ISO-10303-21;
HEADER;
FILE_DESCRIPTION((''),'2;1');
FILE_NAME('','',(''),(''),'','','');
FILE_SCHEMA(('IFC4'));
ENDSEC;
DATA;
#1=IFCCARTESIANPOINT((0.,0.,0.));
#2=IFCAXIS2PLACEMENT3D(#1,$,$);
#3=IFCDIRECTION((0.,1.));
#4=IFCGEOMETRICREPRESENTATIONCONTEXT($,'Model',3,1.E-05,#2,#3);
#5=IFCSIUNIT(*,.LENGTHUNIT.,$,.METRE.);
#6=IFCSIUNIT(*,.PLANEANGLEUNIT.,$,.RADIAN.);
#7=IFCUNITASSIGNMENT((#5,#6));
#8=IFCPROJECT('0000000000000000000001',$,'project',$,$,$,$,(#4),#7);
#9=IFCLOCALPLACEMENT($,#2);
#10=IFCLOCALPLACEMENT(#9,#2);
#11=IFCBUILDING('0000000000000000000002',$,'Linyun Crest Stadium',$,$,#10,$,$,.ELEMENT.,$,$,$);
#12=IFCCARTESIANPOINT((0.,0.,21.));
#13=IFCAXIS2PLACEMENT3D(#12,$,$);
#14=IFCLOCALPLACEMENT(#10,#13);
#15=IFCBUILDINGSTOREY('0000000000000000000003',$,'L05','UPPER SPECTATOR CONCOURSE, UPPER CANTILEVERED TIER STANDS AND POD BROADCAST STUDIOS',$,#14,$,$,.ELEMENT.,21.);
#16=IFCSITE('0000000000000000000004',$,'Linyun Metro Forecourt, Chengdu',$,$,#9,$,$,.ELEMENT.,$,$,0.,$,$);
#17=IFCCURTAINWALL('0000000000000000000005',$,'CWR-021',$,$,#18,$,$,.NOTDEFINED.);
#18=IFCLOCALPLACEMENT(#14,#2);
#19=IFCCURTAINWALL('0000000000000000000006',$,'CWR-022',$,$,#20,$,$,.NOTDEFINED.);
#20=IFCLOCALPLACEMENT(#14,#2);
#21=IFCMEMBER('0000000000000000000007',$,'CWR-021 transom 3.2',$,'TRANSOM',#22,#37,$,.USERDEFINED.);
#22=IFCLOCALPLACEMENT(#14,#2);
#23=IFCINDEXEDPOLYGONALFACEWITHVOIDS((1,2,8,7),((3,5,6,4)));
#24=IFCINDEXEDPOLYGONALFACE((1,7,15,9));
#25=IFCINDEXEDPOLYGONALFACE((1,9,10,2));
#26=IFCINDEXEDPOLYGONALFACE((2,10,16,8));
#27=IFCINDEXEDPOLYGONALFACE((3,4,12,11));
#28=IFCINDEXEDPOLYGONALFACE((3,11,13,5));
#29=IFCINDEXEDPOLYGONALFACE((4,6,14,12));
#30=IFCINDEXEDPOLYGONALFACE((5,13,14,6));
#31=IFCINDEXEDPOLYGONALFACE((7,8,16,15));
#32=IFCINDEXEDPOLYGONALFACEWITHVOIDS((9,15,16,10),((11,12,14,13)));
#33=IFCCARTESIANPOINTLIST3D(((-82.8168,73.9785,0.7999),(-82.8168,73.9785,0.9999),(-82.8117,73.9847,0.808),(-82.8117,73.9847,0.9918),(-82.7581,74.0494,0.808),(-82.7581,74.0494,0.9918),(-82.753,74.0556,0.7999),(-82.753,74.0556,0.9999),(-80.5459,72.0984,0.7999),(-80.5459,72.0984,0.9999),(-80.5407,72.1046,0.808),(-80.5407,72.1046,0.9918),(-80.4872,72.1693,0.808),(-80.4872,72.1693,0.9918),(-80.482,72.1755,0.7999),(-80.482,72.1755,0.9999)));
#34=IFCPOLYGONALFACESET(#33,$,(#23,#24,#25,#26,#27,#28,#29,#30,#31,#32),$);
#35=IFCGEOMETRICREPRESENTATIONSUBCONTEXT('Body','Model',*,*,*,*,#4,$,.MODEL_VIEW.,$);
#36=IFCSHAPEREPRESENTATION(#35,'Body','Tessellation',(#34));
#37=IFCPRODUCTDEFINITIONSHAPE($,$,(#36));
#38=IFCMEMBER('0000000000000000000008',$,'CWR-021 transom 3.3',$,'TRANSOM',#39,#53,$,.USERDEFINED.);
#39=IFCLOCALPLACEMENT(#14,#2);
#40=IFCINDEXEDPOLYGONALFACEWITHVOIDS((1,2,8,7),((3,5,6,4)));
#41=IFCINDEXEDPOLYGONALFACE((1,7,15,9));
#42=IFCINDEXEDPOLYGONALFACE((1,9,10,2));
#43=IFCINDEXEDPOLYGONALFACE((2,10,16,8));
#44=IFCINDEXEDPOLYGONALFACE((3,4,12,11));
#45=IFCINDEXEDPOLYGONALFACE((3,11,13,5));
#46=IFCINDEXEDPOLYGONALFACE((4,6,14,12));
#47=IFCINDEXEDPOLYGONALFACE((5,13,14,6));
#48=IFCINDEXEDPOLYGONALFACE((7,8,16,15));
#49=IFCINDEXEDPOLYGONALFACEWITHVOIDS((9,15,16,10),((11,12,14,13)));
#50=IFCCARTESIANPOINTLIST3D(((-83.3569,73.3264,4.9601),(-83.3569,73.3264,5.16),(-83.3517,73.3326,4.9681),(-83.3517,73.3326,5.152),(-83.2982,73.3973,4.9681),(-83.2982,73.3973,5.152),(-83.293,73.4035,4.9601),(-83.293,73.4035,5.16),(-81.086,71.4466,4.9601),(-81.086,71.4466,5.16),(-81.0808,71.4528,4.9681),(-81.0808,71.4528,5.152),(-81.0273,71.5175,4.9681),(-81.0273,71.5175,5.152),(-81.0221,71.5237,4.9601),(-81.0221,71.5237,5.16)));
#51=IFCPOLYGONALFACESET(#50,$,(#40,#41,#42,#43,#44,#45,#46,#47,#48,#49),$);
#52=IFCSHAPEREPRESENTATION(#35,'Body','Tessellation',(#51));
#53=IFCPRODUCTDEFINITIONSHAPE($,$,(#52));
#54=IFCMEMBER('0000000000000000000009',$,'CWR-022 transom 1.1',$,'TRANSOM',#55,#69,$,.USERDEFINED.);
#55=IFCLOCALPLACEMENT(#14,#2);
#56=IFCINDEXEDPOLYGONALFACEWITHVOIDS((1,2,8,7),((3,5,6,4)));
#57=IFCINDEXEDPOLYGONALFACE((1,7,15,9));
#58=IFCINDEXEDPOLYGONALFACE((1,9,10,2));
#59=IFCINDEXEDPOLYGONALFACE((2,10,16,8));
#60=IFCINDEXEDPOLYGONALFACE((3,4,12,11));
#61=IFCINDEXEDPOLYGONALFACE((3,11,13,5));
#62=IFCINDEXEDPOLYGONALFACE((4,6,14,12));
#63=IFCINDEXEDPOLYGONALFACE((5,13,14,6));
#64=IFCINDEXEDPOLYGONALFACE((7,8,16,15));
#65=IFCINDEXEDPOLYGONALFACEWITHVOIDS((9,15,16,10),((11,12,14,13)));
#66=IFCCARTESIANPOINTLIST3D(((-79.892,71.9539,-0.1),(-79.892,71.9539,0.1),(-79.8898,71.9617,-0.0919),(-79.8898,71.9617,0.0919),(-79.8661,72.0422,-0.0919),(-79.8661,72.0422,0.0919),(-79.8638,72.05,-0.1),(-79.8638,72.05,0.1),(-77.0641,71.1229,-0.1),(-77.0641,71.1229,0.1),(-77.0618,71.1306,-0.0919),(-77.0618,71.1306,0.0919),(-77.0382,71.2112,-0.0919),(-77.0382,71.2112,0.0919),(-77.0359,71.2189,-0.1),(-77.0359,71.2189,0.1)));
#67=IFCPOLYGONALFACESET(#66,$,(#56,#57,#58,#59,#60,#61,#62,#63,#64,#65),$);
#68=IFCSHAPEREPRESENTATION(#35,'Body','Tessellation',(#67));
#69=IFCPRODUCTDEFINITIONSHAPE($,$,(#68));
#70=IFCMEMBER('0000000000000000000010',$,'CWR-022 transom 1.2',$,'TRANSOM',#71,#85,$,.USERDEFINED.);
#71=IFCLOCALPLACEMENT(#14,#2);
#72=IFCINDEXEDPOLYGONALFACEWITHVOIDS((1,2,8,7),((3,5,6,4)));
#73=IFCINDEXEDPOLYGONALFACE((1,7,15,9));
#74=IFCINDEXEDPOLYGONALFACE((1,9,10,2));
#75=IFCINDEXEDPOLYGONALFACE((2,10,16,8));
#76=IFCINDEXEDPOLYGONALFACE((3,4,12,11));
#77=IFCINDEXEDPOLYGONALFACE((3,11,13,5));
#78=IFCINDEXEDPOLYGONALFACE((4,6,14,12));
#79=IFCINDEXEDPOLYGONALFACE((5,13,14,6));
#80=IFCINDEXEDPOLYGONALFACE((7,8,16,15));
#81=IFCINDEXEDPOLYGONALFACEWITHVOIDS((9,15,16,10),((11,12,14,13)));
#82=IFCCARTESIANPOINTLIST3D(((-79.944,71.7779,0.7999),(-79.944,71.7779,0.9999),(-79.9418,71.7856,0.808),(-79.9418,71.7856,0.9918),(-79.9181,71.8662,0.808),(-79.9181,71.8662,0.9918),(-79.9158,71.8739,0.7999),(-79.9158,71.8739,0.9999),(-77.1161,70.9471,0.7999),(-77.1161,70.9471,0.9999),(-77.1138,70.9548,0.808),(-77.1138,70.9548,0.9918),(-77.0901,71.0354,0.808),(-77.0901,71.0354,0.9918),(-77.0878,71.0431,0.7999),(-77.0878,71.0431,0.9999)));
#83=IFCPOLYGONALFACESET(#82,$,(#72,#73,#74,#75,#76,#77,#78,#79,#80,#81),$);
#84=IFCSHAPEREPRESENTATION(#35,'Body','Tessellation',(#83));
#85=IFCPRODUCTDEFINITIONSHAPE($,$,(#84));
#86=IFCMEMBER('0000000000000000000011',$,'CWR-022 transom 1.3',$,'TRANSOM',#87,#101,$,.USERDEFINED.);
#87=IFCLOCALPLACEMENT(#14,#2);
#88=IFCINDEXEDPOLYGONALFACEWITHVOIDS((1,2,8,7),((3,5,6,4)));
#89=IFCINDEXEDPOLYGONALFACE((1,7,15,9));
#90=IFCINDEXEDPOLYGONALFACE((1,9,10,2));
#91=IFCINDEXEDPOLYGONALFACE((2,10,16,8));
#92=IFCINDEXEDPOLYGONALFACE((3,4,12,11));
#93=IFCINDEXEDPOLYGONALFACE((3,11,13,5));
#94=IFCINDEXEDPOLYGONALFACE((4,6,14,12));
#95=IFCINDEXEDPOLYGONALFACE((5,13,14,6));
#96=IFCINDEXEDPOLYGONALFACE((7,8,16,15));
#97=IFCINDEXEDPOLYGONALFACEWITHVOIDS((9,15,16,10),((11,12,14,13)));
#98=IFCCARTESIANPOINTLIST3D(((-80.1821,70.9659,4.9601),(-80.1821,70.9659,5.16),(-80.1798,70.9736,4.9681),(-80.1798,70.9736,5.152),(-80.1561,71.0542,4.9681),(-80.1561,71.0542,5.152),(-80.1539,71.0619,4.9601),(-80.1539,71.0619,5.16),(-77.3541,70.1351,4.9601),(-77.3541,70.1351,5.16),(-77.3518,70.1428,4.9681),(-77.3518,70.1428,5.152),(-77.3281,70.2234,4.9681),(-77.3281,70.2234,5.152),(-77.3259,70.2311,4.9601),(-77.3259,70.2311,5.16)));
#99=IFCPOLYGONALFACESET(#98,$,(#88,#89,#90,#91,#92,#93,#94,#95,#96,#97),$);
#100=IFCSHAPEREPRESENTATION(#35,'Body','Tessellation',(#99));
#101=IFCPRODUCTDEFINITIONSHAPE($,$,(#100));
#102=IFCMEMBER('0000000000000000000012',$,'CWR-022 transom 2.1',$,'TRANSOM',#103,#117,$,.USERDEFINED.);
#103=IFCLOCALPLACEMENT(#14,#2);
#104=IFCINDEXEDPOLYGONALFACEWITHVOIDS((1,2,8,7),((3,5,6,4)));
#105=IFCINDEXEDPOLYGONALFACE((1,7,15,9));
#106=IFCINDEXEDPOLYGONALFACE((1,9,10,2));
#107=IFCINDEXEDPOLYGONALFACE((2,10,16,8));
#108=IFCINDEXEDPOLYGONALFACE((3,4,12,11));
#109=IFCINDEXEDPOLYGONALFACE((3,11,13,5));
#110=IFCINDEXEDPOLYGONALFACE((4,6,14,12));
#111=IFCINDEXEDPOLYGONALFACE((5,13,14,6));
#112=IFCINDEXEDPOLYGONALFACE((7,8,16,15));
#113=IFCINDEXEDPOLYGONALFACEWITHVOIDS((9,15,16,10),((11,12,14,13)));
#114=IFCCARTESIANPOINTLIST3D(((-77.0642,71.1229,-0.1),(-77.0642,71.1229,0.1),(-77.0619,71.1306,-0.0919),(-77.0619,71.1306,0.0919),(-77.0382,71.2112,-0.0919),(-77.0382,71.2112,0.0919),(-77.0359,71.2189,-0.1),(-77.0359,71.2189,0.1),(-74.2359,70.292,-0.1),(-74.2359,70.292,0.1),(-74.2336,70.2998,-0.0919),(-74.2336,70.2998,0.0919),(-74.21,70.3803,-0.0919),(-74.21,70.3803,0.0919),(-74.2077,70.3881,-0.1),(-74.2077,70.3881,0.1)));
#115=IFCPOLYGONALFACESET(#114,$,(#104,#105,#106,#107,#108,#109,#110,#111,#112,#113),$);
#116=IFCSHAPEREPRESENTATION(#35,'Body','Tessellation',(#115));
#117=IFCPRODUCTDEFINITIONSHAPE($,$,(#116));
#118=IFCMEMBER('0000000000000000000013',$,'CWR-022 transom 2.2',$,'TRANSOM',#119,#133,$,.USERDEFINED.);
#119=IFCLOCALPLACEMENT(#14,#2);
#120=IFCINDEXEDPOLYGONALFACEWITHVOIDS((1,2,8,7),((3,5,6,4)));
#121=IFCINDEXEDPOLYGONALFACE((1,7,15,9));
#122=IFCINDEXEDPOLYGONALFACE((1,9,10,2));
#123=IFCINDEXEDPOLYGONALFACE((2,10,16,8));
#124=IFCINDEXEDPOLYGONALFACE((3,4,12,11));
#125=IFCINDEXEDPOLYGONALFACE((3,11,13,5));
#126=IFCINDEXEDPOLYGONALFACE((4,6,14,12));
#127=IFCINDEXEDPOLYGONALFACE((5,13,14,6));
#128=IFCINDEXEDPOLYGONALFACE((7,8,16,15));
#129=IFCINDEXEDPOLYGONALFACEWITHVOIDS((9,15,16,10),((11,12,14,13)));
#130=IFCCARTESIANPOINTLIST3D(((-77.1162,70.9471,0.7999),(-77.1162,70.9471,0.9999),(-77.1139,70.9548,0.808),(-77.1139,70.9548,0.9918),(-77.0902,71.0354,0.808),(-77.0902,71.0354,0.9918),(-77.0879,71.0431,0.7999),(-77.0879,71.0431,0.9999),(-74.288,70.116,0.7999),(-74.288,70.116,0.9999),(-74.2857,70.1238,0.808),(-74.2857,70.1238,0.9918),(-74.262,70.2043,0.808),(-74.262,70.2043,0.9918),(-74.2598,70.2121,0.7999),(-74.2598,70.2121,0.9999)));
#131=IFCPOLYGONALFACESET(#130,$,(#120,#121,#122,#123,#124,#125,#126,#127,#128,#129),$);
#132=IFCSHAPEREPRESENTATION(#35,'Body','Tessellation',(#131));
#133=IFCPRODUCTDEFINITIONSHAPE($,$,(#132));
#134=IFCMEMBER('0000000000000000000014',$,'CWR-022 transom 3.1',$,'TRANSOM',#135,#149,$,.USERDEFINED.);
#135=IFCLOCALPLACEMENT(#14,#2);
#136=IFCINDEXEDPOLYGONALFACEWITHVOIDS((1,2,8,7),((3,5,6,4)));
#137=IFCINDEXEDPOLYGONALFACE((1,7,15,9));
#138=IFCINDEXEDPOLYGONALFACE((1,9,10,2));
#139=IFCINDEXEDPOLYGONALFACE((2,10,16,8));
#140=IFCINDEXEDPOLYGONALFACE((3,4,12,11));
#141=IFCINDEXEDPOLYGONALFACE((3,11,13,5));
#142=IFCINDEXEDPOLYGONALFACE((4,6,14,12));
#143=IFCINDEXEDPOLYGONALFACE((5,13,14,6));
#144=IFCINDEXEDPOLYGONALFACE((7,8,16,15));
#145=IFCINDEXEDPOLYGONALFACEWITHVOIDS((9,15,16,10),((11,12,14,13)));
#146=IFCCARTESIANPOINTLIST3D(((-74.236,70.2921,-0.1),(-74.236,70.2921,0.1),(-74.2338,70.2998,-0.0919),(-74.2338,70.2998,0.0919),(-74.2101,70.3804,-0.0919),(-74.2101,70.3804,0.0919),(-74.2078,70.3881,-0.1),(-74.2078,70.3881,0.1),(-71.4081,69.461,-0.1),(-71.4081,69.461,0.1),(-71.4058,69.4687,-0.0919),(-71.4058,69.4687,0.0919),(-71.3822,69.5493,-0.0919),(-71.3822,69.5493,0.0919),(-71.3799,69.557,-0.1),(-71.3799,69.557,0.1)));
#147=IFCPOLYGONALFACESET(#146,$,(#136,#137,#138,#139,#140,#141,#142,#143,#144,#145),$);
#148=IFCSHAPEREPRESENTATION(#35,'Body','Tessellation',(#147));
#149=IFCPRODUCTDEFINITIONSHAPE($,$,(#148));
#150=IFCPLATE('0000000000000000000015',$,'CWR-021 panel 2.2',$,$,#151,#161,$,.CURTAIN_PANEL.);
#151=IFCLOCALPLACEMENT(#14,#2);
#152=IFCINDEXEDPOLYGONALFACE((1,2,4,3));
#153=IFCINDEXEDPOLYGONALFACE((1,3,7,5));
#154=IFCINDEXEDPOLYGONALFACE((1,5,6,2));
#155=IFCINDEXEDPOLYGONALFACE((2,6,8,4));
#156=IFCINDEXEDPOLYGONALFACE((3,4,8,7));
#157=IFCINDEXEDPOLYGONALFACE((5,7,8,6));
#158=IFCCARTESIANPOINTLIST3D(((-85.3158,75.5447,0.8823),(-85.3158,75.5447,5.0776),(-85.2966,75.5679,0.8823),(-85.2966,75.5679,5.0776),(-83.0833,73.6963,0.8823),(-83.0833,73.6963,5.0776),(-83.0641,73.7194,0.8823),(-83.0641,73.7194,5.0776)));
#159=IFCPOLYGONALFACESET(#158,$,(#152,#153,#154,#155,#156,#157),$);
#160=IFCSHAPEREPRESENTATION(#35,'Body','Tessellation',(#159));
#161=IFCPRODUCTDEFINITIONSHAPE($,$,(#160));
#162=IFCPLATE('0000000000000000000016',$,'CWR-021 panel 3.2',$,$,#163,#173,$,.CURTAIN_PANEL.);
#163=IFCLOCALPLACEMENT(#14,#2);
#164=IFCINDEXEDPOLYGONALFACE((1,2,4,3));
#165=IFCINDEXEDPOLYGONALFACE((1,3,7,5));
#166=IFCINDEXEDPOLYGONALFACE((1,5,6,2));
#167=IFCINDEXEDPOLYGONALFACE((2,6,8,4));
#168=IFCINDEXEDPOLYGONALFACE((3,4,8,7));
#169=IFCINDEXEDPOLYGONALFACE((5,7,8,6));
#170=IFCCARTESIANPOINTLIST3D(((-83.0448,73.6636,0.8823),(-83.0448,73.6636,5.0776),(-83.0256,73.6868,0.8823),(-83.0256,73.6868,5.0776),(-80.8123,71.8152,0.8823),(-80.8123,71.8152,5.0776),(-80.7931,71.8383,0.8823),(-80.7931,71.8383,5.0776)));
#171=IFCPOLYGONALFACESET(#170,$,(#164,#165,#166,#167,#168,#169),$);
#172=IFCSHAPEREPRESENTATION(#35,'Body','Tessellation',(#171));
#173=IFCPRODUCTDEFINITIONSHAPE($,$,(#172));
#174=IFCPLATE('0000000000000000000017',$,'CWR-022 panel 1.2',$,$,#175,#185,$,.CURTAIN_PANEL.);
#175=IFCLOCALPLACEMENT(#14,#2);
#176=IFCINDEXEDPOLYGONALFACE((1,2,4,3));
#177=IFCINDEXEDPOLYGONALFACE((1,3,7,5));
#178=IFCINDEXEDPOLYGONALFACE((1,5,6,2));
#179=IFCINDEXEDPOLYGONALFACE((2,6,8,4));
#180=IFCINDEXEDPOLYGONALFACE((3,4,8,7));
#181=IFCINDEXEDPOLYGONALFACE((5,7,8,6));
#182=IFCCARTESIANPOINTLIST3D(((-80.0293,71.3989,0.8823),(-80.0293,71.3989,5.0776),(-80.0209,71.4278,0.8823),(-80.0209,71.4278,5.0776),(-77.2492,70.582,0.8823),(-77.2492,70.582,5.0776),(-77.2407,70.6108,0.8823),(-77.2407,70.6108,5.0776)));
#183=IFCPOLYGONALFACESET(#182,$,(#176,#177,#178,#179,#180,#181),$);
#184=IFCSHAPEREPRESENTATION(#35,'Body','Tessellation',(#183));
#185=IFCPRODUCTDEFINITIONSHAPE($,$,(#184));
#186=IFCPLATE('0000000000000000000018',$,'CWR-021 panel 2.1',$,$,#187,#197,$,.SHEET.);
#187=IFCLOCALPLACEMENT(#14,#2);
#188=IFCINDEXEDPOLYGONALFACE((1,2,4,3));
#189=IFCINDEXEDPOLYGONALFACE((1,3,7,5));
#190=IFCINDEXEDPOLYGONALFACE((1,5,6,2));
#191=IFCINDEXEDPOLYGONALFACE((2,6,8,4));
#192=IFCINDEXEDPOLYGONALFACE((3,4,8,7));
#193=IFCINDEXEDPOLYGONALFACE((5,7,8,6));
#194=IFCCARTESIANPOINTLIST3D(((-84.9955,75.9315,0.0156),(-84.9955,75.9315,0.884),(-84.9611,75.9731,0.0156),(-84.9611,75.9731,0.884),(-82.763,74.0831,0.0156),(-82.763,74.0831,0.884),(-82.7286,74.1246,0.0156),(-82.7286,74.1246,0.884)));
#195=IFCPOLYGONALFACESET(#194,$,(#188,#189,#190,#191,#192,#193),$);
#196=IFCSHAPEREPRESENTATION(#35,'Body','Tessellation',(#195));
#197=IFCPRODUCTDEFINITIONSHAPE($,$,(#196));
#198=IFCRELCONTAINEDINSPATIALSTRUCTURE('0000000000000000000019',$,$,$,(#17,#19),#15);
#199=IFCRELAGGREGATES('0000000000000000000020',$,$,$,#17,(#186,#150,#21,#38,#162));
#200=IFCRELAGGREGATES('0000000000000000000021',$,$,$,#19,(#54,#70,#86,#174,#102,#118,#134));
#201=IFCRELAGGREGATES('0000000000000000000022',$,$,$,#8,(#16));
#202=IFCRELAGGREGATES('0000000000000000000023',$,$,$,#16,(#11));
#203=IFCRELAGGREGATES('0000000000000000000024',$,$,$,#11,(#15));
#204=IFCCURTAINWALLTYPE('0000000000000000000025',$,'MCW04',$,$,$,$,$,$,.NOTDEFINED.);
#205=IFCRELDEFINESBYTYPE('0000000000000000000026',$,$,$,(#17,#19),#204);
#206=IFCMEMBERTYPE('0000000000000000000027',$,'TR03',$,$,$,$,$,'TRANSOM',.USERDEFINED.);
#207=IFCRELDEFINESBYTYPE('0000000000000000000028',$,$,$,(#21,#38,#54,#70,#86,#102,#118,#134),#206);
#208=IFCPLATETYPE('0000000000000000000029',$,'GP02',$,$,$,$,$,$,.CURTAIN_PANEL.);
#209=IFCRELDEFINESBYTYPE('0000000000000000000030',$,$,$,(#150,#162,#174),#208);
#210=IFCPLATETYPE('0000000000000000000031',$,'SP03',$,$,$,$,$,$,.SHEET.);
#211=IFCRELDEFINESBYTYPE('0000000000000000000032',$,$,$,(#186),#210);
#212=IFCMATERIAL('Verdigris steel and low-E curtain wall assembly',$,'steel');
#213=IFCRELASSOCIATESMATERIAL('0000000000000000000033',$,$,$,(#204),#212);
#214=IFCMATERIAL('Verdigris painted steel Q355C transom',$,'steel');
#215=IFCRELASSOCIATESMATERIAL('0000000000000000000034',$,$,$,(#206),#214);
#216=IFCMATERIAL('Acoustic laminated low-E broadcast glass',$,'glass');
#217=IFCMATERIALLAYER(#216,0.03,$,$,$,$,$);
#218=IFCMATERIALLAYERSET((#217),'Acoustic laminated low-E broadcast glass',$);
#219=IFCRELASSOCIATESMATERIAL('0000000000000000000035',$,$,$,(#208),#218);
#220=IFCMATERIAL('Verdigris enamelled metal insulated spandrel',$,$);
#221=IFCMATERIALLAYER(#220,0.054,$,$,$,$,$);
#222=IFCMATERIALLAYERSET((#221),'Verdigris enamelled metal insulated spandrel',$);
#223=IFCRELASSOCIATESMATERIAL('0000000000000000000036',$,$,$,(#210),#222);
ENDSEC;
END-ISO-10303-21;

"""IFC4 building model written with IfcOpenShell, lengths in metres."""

from ifc_helpers import new_model, si_unit, direction, frame, origin, origin_2d, place, context, subcontext, project, spatial, rectangle, hollow_rectangle, extrude, material, layer, layer_set, material_profile, profile_set, type_object, element, aggregate, save


model = new_model("IFC4")

# Units and contexts
model_context = context("Model", 3, precision=1e-05, world=origin(), true_north=direction((0.0, 1.0)))
body_context = subcontext(model_context, "Body", "Model", "MODEL_VIEW")
ifc_project = project(units=[si_unit("LENGTHUNIT", "METRE"), si_unit("PLANEANGLEUNIT", "RADIAN")], contexts=[model_context])

# Site, building, storey
site_placement = place(None, origin())
site = spatial("IfcSite", under=ifc_project, at=site_placement, Name="Linyun Metro Forecourt, Chengdu", CompositionType="ELEMENT", RefElevation=0.0)
building_placement = place(site_placement, origin())
building = spatial("IfcBuilding", under=site, at=building_placement, Name="Linyun Crest Stadium", CompositionType="ELEMENT")
storey_placement = place(building_placement, frame((0.0, 0.0, 21.0)))
storey = spatial("IfcBuildingStorey", under=building, at=storey_placement, Name="L05", Description="UPPER SPECTATOR CONCOURSE, UPPER CANTILEVERED TIER STANDS AND POD BROADCAST STUDIOS", CompositionType="ELEMENT", Elevation=21.0)

# Curtain walls
ifc_material_1 = material(Name="Verdigris steel and low-E curtain wall assembly", Category="steel")
curtain_wall_type = type_object("IfcCurtainWallType", Name="MCW04", PredefinedType="NOTDEFINED", material=ifc_material_1)
curtain_wall_1_placement = place(storey_placement, origin())
curtain_wall_1 = element("IfcCurtainWall", 1, at=curtain_wall_1_placement, inside=storey, type_object=curtain_wall_type, Name="CWR-021", PredefinedType="NOTDEFINED")
curtain_wall_2_placement = place(storey_placement, origin())
curtain_wall_2 = element("IfcCurtainWall", 2, at=curtain_wall_2_placement, inside=storey, type_object=curtain_wall_type, Name="CWR-022", PredefinedType="NOTDEFINED")

# Members
ifc_material_2 = material(Name="Verdigris painted steel Q355C transom", Category="steel")
ifc_material_profile_1 = material_profile(ifc_material_2, hollow_rectangle(XDim=0.1001, YDim=0.2, WallThickness=0.0081, at=origin_2d()), Name="RHS 200x100x8")
ifc_profile_set_1 = profile_set([ifc_material_profile_1], Name="Verdigris painted steel Q355C transom")
member_type_1 = type_object("IfcMemberType", Name="TR03", ElementType="TRANSOM", PredefinedType="USERDEFINED", material=ifc_profile_set_1)
member_1_placement = place(storey_placement, frame((-82.7849, 74.0171, 0.8999), z_axis=(0.770281, -0.637705, 0.0), x_axis=(0.637705, 0.770281, 0.0)))
member_1 = element("IfcMember", 3, at=member_1_placement, type_object=member_type_1, Name="CWR-021 transom 3.2", ObjectType="TRANSOM", PredefinedType="USERDEFINED", context=body_context, shape_type="SweptSolid", body=[
    extrude(hollow_rectangle(XDim=0.1001, YDim=0.2, WallThickness=0.0081, at=origin_2d()), origin(), (0.0, 0.0, 1.0), 2.9482),
])
member_2_placement = place(storey_placement, frame((-83.325, 73.365, 5.0601), z_axis=(0.770321, -0.637656, 0.0), x_axis=(0.637656, 0.770321, 0.0)))
member_2 = element("IfcMember", 4, at=member_2_placement, type_object=member_type_1, Name="CWR-021 transom 3.3", ObjectType="TRANSOM", PredefinedType="USERDEFINED", context=body_context, shape_type="SweptSolid", body=[
    extrude(hollow_rectangle(XDim=0.1001, YDim=0.2, WallThickness=0.0081, at=origin_2d()), origin(), (0.0, 0.0, 1.0), 2.948),
])
member_3_placement = place(storey_placement, frame((-79.8779, 72.002, 0.0), z_axis=(0.959427, -0.281956, 0.0), x_axis=(0.281956, 0.959427, 0.0)))
member_3 = element("IfcMember", 5, at=member_3_placement, type_object=member_type_1, Name="CWR-022 transom 1.1", ObjectType="TRANSOM", PredefinedType="USERDEFINED", context=body_context, shape_type="SweptSolid", body=[
    extrude(hollow_rectangle(XDim=0.1001, YDim=0.2, WallThickness=0.0081, at=origin_2d()), origin(), (0.0, 0.0, 1.0), 2.9475),
])
member_4_placement = place(storey_placement, frame((-79.9299, 71.8259, 0.8999), z_axis=(0.95945, -0.281879, 0.0), x_axis=(0.281879, 0.95945, 0.0)))
member_4 = element("IfcMember", 6, at=member_4_placement, type_object=member_type_1, Name="CWR-022 transom 1.2", ObjectType="TRANSOM", PredefinedType="USERDEFINED", context=body_context, shape_type="SweptSolid", body=[
    extrude(hollow_rectangle(XDim=0.1001, YDim=0.2, WallThickness=0.0081, at=origin_2d()), origin(), (0.0, 0.0, 1.0), 2.9475),
])
member_5_placement = place(storey_placement, frame((-80.168, 71.0139, 5.0601), z_axis=(0.95945, -0.281879, 0.0), x_axis=(0.281879, 0.95945, 0.0)))
member_5 = element("IfcMember", 7, at=member_5_placement, type_object=member_type_1, Name="CWR-022 transom 1.3", ObjectType="TRANSOM", PredefinedType="USERDEFINED", context=body_context, shape_type="SweptSolid", body=[
    extrude(hollow_rectangle(XDim=0.1001, YDim=0.2, WallThickness=0.0081, at=origin_2d()), origin(), (0.0, 0.0, 1.0), 2.9475),
])
member_6_placement = place(storey_placement, frame((-77.05, 71.1709, 0.0), z_axis=(0.959456, -0.281857, 0.0), x_axis=(0.281857, 0.959456, 0.0)))
member_6 = element("IfcMember", 8, at=member_6_placement, type_object=member_type_1, Name="CWR-022 transom 2.1", ObjectType="TRANSOM", PredefinedType="USERDEFINED", context=body_context, shape_type="SweptSolid", body=[
    extrude(hollow_rectangle(XDim=0.1001, YDim=0.2, WallThickness=0.0081, at=origin_2d()), origin(), (0.0, 0.0, 1.0), 2.9478),
])
member_7_placement = place(storey_placement, frame((-77.1021, 70.9951, 0.8999), z_axis=(0.959434, -0.281933, 0.0), x_axis=(0.281933, 0.959434, 0.0)))
member_7 = element("IfcMember", 9, at=member_7_placement, type_object=member_type_1, Name="CWR-022 transom 2.2", ObjectType="TRANSOM", PredefinedType="USERDEFINED", context=body_context, shape_type="SweptSolid", body=[
    extrude(hollow_rectangle(XDim=0.1001, YDim=0.2, WallThickness=0.0081, at=origin_2d()), origin(), (0.0, 0.0, 1.0), 2.9478),
])
member_8_placement = place(storey_placement, frame((-74.2219, 70.3401, 0.0), z_axis=(0.959427, -0.281956, 0.0), x_axis=(0.281956, 0.959427, 0.0)))
member_8 = element("IfcMember", 10, at=member_8_placement, type_object=member_type_1, Name="CWR-022 transom 3.1", ObjectType="TRANSOM", PredefinedType="USERDEFINED", context=body_context, shape_type="SweptSolid", body=[
    extrude(hollow_rectangle(XDim=0.1001, YDim=0.2, WallThickness=0.0081, at=origin_2d()), origin(), (0.0, 0.0, 1.0), 2.9475),
])

# Plates
ifc_material_3 = material(Name="Acoustic laminated low-E broadcast glass", Category="glass")
ifc_layer_1 = layer(ifc_material_3, 0.03)
ifc_layer_set_1 = layer_set([ifc_layer_1], Name="Acoustic laminated low-E broadcast glass")
plate_type_1 = type_object("IfcPlateType", Name="GP02", PredefinedType="CURTAIN_PANEL", material=ifc_layer_set_1)
plate_1_placement = place(storey_placement, frame((-84.1899, 74.6321, 0.8823), z_axis=(0.0, 0.0, 1.0), x_axis=(0.770246, -0.637747, 0.0)))
plate_1 = element("IfcPlate", 11, at=plate_1_placement, type_object=plate_type_1, Name="CWR-021 panel 2.2", PredefinedType="CURTAIN_PANEL", context=body_context, shape_type="SweptSolid", body=[
    extrude(rectangle(XDim=2.8984, YDim=0.03, at=origin_2d()), origin(), (0.0, 0.0, 1.0), 4.1953),
])
plate_2_placement = place(storey_placement, frame((-81.9189, 72.751, 0.8823), z_axis=(0.0, 0.0, 1.0), x_axis=(0.770246, -0.637747, 0.0)))
plate_2 = element("IfcPlate", 12, at=plate_2_placement, type_object=plate_type_1, Name="CWR-021 panel 3.2", PredefinedType="CURTAIN_PANEL", context=body_context, shape_type="SweptSolid", body=[
    extrude(rectangle(XDim=2.8984, YDim=0.03, at=origin_2d()), origin(), (0.0, 0.0, 1.0), 4.1953),
])
plate_3_placement = place(storey_placement, frame((-78.635, 71.0049, 0.8823), z_axis=(0.0, 0.0, 1.0), x_axis=(0.959437, -0.281923, 0.0)))
plate_3 = element("IfcPlate", 13, at=plate_3_placement, type_object=plate_type_1, Name="CWR-022 panel 1.2", PredefinedType="CURTAIN_PANEL", context=body_context, shape_type="SweptSolid", body=[
    extrude(rectangle(XDim=2.8977, YDim=0.03, at=origin_2d()), origin(), (0.0, 0.0, 1.0), 4.1953),
])
ifc_material_4 = material(Name="Verdigris enamelled metal insulated spandrel")
ifc_layer_2 = layer(ifc_material_4, 0.054)
ifc_layer_set_2 = layer_set([ifc_layer_2], Name="Verdigris enamelled metal insulated spandrel")
plate_type_2 = type_object("IfcPlateType", Name="SP03", PredefinedType="SHEET", material=ifc_layer_set_2)
plate_4_placement = place(storey_placement, frame((-83.8621, 75.0281, 0.0156), z_axis=(0.0, 0.0, 1.0), x_axis=(0.770246, -0.637747, 0.0)))
plate_4 = element("IfcPlate", 14, at=plate_4_placement, type_object=plate_type_2, Name="CWR-021 panel 2.1", PredefinedType="SHEET", context=body_context, shape_type="SweptSolid", body=[
    extrude(rectangle(XDim=2.8984, YDim=0.054, at=origin_2d()), origin(), (0.0, 0.0, 1.0), 0.8684),
])
aggregate(curtain_wall_1, [plate_4, plate_1, member_1, member_2, plate_2])
aggregate(curtain_wall_2, [member_3, member_4, member_5, plate_3, member_6, member_7, member_8])

save(model, "model.ifc")
